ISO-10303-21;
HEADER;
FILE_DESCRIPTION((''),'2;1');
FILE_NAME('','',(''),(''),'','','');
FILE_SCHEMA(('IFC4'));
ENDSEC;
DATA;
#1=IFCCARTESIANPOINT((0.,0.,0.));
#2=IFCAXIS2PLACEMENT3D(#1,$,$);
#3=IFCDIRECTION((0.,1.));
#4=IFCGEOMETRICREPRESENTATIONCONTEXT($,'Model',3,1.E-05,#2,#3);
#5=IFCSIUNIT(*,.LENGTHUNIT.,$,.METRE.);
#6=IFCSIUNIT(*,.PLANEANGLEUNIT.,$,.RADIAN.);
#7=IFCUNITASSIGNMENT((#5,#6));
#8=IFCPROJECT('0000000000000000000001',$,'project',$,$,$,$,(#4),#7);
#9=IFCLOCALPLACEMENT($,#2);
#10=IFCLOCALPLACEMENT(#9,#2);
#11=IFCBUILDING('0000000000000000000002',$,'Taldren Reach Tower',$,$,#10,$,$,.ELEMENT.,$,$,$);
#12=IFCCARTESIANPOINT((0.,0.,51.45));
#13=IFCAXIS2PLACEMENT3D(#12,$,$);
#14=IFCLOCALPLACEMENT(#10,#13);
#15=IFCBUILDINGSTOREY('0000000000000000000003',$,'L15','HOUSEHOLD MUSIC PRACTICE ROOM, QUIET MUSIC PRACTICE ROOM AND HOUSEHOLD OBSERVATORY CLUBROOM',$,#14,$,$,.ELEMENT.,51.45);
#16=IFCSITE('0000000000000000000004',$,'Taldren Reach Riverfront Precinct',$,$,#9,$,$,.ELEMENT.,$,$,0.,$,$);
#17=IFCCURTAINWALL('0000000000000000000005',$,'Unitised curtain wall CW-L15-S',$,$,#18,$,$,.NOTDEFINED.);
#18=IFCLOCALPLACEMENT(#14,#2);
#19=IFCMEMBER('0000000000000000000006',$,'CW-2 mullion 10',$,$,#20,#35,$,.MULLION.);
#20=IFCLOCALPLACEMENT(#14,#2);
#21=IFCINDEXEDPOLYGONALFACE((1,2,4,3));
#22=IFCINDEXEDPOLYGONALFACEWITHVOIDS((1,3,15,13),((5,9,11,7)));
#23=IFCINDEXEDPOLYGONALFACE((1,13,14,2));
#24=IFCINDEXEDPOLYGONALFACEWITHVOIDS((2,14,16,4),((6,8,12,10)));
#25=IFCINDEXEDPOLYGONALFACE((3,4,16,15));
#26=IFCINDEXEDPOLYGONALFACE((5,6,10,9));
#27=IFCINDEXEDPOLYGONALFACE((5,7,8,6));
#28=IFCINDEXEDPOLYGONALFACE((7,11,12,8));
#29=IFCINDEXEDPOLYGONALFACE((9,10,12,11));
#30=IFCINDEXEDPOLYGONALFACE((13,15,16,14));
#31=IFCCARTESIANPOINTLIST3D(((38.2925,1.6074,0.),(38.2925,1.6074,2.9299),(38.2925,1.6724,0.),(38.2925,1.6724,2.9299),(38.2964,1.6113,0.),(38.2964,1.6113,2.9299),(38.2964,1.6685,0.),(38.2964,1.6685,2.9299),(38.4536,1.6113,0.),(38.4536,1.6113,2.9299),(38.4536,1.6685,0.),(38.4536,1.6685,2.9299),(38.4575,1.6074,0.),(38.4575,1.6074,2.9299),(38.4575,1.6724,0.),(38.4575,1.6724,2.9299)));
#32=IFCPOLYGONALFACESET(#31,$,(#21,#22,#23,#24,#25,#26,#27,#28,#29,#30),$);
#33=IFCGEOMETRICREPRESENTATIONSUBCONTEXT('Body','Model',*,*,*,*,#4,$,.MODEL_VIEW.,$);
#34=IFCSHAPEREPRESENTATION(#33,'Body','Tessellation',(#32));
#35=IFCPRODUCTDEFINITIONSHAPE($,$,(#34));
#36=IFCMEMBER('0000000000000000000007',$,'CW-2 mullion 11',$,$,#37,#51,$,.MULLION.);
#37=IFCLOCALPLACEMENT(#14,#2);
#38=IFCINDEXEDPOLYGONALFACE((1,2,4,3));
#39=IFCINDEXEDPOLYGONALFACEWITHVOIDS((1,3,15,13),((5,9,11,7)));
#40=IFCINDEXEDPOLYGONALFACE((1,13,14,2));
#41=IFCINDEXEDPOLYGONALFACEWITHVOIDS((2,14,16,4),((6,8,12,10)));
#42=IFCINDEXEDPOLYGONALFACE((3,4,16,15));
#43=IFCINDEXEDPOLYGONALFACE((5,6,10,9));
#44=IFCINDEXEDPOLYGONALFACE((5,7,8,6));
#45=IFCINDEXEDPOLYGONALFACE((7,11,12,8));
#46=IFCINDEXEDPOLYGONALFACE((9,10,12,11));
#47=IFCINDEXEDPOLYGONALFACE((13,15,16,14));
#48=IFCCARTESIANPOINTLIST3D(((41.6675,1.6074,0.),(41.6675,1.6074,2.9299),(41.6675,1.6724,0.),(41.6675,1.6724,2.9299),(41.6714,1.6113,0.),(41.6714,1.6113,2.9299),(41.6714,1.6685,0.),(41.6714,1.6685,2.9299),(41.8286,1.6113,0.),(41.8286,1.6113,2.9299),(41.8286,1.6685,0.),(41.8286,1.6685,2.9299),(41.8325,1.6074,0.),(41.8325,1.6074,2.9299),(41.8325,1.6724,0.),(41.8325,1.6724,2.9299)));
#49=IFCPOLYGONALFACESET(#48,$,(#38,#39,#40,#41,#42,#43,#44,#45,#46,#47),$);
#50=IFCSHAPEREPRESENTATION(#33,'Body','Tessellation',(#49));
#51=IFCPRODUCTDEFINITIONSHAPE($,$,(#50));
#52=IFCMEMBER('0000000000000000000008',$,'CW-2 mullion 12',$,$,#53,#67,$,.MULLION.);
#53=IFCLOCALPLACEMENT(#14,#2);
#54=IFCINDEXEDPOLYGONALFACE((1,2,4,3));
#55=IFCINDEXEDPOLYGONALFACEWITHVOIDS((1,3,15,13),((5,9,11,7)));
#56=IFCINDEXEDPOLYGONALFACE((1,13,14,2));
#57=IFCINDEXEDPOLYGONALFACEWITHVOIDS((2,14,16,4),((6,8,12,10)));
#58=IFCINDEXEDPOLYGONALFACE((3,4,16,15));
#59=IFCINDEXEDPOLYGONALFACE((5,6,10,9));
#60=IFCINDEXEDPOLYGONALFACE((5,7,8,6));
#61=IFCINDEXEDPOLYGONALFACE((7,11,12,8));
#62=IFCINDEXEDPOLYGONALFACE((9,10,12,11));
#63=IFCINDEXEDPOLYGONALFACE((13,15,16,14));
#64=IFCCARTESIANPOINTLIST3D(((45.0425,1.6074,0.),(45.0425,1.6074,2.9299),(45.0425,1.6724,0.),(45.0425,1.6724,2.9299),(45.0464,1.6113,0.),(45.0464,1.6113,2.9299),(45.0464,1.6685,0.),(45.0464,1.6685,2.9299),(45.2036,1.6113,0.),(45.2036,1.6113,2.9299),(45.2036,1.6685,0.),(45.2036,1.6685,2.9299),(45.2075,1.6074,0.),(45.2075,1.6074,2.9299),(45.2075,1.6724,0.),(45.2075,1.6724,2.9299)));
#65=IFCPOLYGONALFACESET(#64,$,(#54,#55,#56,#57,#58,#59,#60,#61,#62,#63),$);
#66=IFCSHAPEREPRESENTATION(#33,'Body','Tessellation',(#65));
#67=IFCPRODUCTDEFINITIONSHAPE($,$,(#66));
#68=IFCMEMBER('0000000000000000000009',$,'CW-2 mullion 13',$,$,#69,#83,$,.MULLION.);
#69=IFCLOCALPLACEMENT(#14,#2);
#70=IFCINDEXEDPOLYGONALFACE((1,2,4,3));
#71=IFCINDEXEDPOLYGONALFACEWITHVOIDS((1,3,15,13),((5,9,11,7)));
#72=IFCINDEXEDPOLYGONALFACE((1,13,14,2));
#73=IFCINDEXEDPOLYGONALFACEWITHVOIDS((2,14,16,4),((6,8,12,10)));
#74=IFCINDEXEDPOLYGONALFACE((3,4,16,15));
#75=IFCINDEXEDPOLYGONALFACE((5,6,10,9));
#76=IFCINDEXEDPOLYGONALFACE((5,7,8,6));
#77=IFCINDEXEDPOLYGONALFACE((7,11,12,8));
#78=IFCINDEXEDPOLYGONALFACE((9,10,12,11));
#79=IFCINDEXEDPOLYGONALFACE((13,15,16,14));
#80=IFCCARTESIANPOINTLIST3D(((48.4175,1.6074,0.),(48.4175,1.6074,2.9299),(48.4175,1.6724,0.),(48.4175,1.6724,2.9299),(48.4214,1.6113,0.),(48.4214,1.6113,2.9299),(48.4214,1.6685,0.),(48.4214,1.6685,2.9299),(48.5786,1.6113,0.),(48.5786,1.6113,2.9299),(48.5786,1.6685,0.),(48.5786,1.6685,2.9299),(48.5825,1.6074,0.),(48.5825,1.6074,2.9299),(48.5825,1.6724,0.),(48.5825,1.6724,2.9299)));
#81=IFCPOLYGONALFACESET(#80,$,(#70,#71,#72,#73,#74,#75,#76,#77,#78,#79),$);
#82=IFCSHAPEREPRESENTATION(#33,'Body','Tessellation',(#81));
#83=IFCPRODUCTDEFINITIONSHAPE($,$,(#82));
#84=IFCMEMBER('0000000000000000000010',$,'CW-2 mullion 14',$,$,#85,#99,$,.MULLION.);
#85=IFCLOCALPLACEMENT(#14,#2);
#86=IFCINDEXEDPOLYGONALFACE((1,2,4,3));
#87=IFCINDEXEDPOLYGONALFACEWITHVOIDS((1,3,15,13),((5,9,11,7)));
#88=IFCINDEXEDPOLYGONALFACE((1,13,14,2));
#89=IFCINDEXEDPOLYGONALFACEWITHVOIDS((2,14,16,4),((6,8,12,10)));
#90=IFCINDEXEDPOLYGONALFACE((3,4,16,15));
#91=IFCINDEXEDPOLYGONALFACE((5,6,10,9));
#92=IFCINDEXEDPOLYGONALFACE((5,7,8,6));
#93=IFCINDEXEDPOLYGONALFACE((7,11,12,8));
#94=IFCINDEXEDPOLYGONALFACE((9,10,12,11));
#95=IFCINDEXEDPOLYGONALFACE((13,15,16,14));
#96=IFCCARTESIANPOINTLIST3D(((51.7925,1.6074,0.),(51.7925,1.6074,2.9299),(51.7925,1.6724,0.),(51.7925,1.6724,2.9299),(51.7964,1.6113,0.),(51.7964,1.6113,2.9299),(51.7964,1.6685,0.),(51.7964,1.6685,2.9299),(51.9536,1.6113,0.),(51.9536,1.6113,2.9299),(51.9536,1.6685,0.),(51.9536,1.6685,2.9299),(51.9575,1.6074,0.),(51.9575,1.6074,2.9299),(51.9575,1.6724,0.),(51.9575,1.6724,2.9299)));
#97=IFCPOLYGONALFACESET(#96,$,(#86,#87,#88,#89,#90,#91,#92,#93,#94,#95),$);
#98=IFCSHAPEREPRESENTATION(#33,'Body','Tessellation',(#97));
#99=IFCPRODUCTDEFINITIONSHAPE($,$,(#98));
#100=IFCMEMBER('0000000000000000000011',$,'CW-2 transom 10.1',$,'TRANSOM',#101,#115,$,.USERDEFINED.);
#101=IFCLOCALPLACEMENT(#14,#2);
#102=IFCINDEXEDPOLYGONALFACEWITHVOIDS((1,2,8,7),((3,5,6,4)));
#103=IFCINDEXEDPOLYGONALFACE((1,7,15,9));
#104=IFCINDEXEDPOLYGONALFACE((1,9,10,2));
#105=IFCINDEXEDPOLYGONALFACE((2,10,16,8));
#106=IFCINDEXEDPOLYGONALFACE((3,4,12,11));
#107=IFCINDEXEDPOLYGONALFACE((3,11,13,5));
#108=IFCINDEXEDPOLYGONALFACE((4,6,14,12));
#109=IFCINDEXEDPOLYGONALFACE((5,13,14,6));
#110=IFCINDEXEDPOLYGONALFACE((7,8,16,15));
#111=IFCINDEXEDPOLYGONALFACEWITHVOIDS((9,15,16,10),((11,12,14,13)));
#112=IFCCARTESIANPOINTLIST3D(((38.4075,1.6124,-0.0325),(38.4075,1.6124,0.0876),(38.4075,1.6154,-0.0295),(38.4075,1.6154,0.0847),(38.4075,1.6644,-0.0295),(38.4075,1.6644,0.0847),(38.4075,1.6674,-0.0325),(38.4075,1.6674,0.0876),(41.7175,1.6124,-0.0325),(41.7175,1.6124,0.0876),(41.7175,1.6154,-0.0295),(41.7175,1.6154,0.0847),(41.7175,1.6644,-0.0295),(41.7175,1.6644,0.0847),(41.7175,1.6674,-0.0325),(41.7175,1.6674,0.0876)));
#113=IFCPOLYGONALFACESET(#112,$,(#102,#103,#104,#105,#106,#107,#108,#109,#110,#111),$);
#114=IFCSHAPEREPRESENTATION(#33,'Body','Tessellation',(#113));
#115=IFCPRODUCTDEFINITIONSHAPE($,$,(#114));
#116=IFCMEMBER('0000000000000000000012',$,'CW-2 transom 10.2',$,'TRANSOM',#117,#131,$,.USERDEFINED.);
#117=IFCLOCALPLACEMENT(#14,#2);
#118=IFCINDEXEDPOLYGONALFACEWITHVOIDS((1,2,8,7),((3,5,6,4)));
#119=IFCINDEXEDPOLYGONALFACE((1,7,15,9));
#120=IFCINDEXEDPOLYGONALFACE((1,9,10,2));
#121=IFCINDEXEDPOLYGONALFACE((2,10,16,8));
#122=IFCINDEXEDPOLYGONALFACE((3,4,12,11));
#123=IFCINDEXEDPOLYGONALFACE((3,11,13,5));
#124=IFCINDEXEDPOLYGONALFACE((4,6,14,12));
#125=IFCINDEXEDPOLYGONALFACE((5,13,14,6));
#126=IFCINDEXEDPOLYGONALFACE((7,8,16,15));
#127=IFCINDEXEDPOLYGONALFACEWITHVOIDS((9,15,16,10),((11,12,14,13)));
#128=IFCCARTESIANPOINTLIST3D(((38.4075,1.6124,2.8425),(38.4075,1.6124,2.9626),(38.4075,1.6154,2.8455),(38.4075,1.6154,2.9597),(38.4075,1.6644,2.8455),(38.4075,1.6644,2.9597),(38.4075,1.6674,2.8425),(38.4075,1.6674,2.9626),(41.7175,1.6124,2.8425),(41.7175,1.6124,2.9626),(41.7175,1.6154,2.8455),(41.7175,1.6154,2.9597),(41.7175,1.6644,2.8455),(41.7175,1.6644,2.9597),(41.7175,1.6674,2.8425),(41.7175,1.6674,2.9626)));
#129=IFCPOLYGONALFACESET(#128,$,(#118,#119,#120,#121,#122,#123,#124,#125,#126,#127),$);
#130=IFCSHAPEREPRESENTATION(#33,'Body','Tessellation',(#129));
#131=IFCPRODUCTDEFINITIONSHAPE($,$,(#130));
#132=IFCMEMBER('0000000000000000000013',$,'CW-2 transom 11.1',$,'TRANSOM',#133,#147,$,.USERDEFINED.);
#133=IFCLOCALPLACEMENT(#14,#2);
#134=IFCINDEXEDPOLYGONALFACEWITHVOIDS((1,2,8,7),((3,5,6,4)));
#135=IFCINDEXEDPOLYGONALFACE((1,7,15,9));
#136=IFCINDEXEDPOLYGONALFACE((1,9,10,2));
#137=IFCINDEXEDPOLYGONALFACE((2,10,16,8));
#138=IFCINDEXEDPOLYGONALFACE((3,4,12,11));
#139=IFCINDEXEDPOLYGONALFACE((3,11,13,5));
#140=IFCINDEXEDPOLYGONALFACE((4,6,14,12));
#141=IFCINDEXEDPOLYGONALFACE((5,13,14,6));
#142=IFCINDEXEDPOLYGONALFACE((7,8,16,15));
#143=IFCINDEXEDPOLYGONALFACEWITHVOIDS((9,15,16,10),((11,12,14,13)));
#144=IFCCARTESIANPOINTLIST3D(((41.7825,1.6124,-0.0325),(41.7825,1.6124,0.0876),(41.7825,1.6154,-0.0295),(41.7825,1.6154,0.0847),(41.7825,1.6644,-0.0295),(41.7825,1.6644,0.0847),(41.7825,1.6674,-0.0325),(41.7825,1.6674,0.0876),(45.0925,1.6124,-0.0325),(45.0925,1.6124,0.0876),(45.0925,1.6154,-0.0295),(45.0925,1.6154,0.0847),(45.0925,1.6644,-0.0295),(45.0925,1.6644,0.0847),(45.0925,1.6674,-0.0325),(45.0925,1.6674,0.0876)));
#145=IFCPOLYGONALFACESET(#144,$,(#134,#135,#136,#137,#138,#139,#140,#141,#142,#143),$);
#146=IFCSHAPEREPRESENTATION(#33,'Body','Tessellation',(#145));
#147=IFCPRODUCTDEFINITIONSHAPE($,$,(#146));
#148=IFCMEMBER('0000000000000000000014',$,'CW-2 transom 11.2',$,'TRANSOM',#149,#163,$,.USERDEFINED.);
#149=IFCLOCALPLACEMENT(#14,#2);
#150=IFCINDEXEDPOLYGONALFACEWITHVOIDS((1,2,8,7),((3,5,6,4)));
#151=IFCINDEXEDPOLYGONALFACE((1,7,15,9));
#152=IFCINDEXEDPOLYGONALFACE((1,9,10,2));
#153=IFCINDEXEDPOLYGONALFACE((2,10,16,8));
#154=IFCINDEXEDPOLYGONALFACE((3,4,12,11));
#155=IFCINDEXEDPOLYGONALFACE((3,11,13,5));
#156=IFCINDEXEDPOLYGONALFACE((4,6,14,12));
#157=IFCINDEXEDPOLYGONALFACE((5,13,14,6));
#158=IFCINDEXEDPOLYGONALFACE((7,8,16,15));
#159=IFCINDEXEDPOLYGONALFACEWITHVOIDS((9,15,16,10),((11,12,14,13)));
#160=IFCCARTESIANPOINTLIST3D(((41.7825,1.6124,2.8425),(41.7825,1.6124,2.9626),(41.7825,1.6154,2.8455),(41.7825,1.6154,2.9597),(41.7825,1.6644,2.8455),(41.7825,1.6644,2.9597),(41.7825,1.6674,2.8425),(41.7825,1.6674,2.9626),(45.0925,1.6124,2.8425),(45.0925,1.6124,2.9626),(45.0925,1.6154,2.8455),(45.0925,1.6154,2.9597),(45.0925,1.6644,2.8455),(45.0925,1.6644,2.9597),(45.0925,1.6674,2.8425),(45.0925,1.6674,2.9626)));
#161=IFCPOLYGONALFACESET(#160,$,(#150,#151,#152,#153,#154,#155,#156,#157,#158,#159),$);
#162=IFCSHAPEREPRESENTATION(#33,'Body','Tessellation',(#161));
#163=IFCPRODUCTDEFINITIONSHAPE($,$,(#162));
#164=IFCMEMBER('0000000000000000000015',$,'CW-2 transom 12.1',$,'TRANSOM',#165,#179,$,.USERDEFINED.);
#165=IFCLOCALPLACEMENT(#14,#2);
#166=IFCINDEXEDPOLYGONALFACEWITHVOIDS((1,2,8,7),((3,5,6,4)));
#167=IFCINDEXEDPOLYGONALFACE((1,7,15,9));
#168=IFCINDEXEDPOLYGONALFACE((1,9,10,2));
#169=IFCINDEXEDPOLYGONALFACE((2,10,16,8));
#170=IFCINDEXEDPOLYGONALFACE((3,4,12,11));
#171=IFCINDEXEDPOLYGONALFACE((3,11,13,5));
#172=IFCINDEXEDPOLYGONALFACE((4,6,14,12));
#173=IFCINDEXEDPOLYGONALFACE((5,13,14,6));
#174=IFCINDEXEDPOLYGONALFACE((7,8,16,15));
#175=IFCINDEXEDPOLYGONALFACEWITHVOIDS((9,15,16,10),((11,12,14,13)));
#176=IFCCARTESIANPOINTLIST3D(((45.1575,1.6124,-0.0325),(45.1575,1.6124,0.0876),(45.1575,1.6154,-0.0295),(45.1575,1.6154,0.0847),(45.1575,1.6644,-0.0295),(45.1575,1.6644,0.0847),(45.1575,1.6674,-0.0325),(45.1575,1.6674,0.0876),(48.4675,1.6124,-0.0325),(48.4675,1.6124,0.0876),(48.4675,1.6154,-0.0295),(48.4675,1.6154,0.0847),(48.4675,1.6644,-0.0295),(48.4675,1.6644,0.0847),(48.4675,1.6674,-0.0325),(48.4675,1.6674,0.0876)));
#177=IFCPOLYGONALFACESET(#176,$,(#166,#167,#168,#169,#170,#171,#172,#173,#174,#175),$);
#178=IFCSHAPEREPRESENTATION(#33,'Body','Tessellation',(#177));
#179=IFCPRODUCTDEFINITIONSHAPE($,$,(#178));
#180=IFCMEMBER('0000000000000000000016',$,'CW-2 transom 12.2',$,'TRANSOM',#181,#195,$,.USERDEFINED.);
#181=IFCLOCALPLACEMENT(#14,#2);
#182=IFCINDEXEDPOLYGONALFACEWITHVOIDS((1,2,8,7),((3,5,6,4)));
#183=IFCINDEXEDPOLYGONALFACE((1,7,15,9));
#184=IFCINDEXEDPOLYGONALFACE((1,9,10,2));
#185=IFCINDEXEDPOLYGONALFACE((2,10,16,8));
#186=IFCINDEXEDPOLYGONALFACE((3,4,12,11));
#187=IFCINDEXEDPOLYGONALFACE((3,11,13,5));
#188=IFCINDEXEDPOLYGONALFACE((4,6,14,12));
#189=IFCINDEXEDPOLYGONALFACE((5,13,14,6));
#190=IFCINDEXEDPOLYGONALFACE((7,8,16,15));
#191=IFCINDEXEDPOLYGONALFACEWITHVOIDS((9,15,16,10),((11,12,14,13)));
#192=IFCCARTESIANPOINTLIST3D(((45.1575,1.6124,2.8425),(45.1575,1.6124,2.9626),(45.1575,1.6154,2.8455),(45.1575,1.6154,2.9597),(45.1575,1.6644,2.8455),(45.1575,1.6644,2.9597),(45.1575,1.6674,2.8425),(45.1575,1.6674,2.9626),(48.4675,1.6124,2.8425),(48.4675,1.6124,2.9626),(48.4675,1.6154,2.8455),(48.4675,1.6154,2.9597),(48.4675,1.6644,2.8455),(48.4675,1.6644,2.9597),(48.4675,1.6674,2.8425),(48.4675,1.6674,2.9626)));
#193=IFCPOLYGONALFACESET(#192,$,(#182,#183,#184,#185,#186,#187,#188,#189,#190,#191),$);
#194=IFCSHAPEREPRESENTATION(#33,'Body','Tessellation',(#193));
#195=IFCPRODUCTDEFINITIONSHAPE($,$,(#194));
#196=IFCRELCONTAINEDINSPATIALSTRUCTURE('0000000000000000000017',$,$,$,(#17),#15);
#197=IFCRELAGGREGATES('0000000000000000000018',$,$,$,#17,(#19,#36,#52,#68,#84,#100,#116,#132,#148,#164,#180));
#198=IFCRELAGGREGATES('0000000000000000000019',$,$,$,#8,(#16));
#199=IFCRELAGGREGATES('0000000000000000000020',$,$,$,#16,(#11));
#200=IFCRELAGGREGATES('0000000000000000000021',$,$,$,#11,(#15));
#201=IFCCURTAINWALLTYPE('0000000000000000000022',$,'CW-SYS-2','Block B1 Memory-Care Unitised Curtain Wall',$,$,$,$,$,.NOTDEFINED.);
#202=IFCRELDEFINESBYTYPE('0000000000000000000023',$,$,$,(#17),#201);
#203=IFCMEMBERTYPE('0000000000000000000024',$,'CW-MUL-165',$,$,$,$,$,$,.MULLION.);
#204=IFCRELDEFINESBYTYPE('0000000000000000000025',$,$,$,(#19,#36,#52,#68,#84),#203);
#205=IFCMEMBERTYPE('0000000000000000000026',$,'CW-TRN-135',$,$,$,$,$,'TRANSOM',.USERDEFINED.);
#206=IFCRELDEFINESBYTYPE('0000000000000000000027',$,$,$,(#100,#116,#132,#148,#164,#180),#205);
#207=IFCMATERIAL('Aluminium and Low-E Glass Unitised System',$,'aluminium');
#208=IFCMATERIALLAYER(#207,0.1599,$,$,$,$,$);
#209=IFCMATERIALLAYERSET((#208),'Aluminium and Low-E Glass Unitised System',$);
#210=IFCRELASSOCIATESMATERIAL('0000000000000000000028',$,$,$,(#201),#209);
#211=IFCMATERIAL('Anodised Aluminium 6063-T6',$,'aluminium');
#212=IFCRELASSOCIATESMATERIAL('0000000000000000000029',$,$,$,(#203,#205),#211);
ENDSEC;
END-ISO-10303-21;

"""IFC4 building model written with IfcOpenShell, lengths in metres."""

from ifc_helpers import new_model, si_unit, direction, frame, origin, origin_2d, place, context, subcontext, project, spatial, hollow_rectangle, extrude, source, transform, mapped, material, layer, layer_set, material_profile, profile_set, type_object, element, aggregate, save


model = new_model("IFC4")

# Units and contexts
model_context = context("Model", 3, precision=1e-05, world=origin(), true_north=direction((0.0, 1.0)))
body_context = subcontext(model_context, "Body", "Model", "MODEL_VIEW")
ifc_project = project(units=[si_unit("LENGTHUNIT", "METRE"), si_unit("PLANEANGLEUNIT", "RADIAN")], contexts=[model_context])

# Site, building, storey
site_placement = place(None, origin())
site = spatial("IfcSite", under=ifc_project, at=site_placement, Name="Taldren Reach Riverfront Precinct", CompositionType="ELEMENT", RefElevation=0.0)
building_placement = place(site_placement, origin())
building = spatial("IfcBuilding", under=site, at=building_placement, Name="Taldren Reach Tower", CompositionType="ELEMENT")
storey_placement = place(building_placement, frame((0.0, 0.0, 51.45)))
storey = spatial("IfcBuildingStorey", under=building, at=storey_placement, Name="L15", Description="HOUSEHOLD MUSIC PRACTICE ROOM, QUIET MUSIC PRACTICE ROOM AND HOUSEHOLD OBSERVATORY CLUBROOM", CompositionType="ELEMENT", Elevation=51.45)

# Curtain wall, members
ifc_material_1 = material(Name="Aluminium and Low-E Glass Unitised System", Category="aluminium")
ifc_layer_1 = layer(ifc_material_1, 0.1599)
ifc_layer_set_1 = layer_set([ifc_layer_1], Name="Aluminium and Low-E Glass Unitised System")
curtain_wall_type = type_object("IfcCurtainWallType", Name="CW-SYS-2", Description="Block B1 Memory-Care Unitised Curtain Wall", PredefinedType="NOTDEFINED", material=ifc_layer_set_1)
curtain_wall_placement = place(storey_placement, origin())
curtain_wall = element("IfcCurtainWall", 1, at=curtain_wall_placement, inside=storey, type_object=curtain_wall_type, Name="Unitised curtain wall CW-L15-S", PredefinedType="NOTDEFINED")
ifc_material_2 = material(Name="Anodised Aluminium 6063-T6", Category="aluminium")
ifc_material_profile_1 = material_profile(ifc_material_2, hollow_rectangle(XDim=0.0649, YDim=0.165, WallThickness=0.0039, at=origin_2d()), Name="ALU-165x65x4RHS")
ifc_profile_set_1 = profile_set([ifc_material_profile_1], Name="Anodised Aluminium 6063-T6")
member_type_1 = type_object("IfcMemberType", Name="CW-MUL-165", PredefinedType="MULLION", material=ifc_profile_set_1)
shared_shape_1 = source(origin(), body_context, "Body", "SweptSolid", [
    extrude(hollow_rectangle(XDim=0.0649, YDim=0.165, WallThickness=0.0039, at=origin_2d()), origin(), (0.0, 0.0, 1.0), 2.9299),
])
member_1_placement = place(storey_placement, frame((38.375, 1.6399, 0.0), z_axis=(0.0, 0.0, 1.0), x_axis=(0.0, 1.0, 0.0)))
member_1 = element("IfcMember", 2, at=member_1_placement, type_object=member_type_1, Name="CW-2 mullion 10", PredefinedType="MULLION", context=body_context, shape_type="MappedRepresentation", body=[
    mapped(shared_shape_1, transform((0.0, 0.0, 0.0), scale=1.0)),
])
member_2_placement = place(storey_placement, frame((41.75, 1.6399, 0.0), z_axis=(0.0, 0.0, 1.0), x_axis=(0.0, 1.0, 0.0)))
member_2 = element("IfcMember", 3, at=member_2_placement, type_object=member_type_1, Name="CW-2 mullion 11", PredefinedType="MULLION", context=body_context, shape_type="MappedRepresentation", body=[
    mapped(shared_shape_1, transform((0.0, 0.0, 0.0), scale=1.0)),
])
member_3_placement = place(storey_placement, frame((45.125, 1.6399, 0.0), z_axis=(0.0, 0.0, 1.0), x_axis=(0.0, 1.0, 0.0)))
member_3 = element("IfcMember", 4, at=member_3_placement, type_object=member_type_1, Name="CW-2 mullion 12", PredefinedType="MULLION", context=body_context, shape_type="MappedRepresentation", body=[
    mapped(shared_shape_1, transform((0.0, 0.0, 0.0), scale=1.0)),
])
member_4_placement = place(storey_placement, frame((48.5, 1.6399, 0.0), z_axis=(0.0, 0.0, 1.0), x_axis=(0.0, 1.0, 0.0)))
member_4 = element("IfcMember", 5, at=member_4_placement, type_object=member_type_1, Name="CW-2 mullion 13", PredefinedType="MULLION", context=body_context, shape_type="MappedRepresentation", body=[
    mapped(shared_shape_1, transform((0.0, 0.0, 0.0), scale=1.0)),
])
member_5_placement = place(storey_placement, frame((51.875, 1.6399, 0.0), z_axis=(0.0, 0.0, 1.0), x_axis=(0.0, 1.0, 0.0)))
member_5 = element("IfcMember", 6, at=member_5_placement, type_object=member_type_1, Name="CW-2 mullion 14", PredefinedType="MULLION", context=body_context, shape_type="MappedRepresentation", body=[
    mapped(shared_shape_1, transform((0.0, 0.0, 0.0), scale=1.0)),
])
ifc_material_profile_2 = material_profile(ifc_material_2, hollow_rectangle(XDim=0.0549, YDim=0.1201, WallThickness=0.0029, at=origin_2d()), Name="ALU-120x55x3RHS")
ifc_profile_set_2 = profile_set([ifc_material_profile_2], Name="Anodised Aluminium 6063-T6")
member_type_2 = type_object("IfcMemberType", Name="CW-TRN-135", ElementType="TRANSOM", PredefinedType="USERDEFINED", material=ifc_profile_set_2)
shared_shape_2 = source(origin(), body_context, "Body", "SweptSolid", [
    extrude(hollow_rectangle(XDim=0.0549, YDim=0.1201, WallThickness=0.0029, at=origin_2d()), origin(), (0.0, 0.0, 1.0), 3.3101),
])
member_6_placement = place(storey_placement, frame((38.4075, 1.6399, 0.0276), z_axis=(1.0, 0.0, 0.0), x_axis=(0.0, 1.0, 0.0)))
member_6 = element("IfcMember", 7, at=member_6_placement, type_object=member_type_2, Name="CW-2 transom 10.1", ObjectType="TRANSOM", PredefinedType="USERDEFINED", context=body_context, shape_type="MappedRepresentation", body=[
    mapped(shared_shape_2, transform((0.0, 0.0, 0.0), scale=1.0)),
])
member_7_placement = place(storey_placement, frame((38.4075, 1.6399, 2.9026), z_axis=(1.0, 0.0, 0.0), x_axis=(0.0, 1.0, 0.0)))
member_7 = element("IfcMember", 8, at=member_7_placement, type_object=member_type_2, Name="CW-2 transom 10.2", ObjectType="TRANSOM", PredefinedType="USERDEFINED", context=body_context, shape_type="MappedRepresentation", body=[
    mapped(shared_shape_2, transform((0.0, 0.0, 0.0), scale=1.0)),
])
member_8_placement = place(storey_placement, frame((41.7825, 1.6399, 0.0276), z_axis=(1.0, 0.0, 0.0), x_axis=(0.0, 1.0, 0.0)))
member_8 = element("IfcMember", 9, at=member_8_placement, type_object=member_type_2, Name="CW-2 transom 11.1", ObjectType="TRANSOM", PredefinedType="USERDEFINED", context=body_context, shape_type="MappedRepresentation", body=[
    mapped(shared_shape_2, transform((0.0, 0.0, 0.0), scale=1.0)),
])
member_9_placement = place(storey_placement, frame((41.7825, 1.6399, 2.9026), z_axis=(1.0, 0.0, 0.0), x_axis=(0.0, 1.0, 0.0)))
member_9 = element("IfcMember", 10, at=member_9_placement, type_object=member_type_2, Name="CW-2 transom 11.2", ObjectType="TRANSOM", PredefinedType="USERDEFINED", context=body_context, shape_type="MappedRepresentation", body=[
    mapped(shared_shape_2, transform((0.0, 0.0, 0.0), scale=1.0)),
])
member_10_placement = place(storey_placement, frame((45.1575, 1.6399, 0.0276), z_axis=(1.0, 0.0, 0.0), x_axis=(0.0, 1.0, 0.0)))
member_10 = element("IfcMember", 11, at=member_10_placement, type_object=member_type_2, Name="CW-2 transom 12.1", ObjectType="TRANSOM", PredefinedType="USERDEFINED", context=body_context, shape_type="MappedRepresentation", body=[
    mapped(shared_shape_2, transform((0.0, 0.0, 0.0), scale=1.0)),
])
member_11_placement = place(storey_placement, frame((45.1575, 1.6399, 2.9026), z_axis=(1.0, 0.0, 0.0), x_axis=(0.0, 1.0, 0.0)))
member_11 = element("IfcMember", 12, at=member_11_placement, type_object=member_type_2, Name="CW-2 transom 12.2", ObjectType="TRANSOM", PredefinedType="USERDEFINED", context=body_context, shape_type="MappedRepresentation", body=[
    mapped(shared_shape_2, transform((0.0, 0.0, 0.0), scale=1.0)),
])

aggregate(curtain_wall, [member_1, member_2, member_3, member_4, member_5, member_6, member_7, member_8, member_9, member_10, member_11])

save(model, "model.ifc")
